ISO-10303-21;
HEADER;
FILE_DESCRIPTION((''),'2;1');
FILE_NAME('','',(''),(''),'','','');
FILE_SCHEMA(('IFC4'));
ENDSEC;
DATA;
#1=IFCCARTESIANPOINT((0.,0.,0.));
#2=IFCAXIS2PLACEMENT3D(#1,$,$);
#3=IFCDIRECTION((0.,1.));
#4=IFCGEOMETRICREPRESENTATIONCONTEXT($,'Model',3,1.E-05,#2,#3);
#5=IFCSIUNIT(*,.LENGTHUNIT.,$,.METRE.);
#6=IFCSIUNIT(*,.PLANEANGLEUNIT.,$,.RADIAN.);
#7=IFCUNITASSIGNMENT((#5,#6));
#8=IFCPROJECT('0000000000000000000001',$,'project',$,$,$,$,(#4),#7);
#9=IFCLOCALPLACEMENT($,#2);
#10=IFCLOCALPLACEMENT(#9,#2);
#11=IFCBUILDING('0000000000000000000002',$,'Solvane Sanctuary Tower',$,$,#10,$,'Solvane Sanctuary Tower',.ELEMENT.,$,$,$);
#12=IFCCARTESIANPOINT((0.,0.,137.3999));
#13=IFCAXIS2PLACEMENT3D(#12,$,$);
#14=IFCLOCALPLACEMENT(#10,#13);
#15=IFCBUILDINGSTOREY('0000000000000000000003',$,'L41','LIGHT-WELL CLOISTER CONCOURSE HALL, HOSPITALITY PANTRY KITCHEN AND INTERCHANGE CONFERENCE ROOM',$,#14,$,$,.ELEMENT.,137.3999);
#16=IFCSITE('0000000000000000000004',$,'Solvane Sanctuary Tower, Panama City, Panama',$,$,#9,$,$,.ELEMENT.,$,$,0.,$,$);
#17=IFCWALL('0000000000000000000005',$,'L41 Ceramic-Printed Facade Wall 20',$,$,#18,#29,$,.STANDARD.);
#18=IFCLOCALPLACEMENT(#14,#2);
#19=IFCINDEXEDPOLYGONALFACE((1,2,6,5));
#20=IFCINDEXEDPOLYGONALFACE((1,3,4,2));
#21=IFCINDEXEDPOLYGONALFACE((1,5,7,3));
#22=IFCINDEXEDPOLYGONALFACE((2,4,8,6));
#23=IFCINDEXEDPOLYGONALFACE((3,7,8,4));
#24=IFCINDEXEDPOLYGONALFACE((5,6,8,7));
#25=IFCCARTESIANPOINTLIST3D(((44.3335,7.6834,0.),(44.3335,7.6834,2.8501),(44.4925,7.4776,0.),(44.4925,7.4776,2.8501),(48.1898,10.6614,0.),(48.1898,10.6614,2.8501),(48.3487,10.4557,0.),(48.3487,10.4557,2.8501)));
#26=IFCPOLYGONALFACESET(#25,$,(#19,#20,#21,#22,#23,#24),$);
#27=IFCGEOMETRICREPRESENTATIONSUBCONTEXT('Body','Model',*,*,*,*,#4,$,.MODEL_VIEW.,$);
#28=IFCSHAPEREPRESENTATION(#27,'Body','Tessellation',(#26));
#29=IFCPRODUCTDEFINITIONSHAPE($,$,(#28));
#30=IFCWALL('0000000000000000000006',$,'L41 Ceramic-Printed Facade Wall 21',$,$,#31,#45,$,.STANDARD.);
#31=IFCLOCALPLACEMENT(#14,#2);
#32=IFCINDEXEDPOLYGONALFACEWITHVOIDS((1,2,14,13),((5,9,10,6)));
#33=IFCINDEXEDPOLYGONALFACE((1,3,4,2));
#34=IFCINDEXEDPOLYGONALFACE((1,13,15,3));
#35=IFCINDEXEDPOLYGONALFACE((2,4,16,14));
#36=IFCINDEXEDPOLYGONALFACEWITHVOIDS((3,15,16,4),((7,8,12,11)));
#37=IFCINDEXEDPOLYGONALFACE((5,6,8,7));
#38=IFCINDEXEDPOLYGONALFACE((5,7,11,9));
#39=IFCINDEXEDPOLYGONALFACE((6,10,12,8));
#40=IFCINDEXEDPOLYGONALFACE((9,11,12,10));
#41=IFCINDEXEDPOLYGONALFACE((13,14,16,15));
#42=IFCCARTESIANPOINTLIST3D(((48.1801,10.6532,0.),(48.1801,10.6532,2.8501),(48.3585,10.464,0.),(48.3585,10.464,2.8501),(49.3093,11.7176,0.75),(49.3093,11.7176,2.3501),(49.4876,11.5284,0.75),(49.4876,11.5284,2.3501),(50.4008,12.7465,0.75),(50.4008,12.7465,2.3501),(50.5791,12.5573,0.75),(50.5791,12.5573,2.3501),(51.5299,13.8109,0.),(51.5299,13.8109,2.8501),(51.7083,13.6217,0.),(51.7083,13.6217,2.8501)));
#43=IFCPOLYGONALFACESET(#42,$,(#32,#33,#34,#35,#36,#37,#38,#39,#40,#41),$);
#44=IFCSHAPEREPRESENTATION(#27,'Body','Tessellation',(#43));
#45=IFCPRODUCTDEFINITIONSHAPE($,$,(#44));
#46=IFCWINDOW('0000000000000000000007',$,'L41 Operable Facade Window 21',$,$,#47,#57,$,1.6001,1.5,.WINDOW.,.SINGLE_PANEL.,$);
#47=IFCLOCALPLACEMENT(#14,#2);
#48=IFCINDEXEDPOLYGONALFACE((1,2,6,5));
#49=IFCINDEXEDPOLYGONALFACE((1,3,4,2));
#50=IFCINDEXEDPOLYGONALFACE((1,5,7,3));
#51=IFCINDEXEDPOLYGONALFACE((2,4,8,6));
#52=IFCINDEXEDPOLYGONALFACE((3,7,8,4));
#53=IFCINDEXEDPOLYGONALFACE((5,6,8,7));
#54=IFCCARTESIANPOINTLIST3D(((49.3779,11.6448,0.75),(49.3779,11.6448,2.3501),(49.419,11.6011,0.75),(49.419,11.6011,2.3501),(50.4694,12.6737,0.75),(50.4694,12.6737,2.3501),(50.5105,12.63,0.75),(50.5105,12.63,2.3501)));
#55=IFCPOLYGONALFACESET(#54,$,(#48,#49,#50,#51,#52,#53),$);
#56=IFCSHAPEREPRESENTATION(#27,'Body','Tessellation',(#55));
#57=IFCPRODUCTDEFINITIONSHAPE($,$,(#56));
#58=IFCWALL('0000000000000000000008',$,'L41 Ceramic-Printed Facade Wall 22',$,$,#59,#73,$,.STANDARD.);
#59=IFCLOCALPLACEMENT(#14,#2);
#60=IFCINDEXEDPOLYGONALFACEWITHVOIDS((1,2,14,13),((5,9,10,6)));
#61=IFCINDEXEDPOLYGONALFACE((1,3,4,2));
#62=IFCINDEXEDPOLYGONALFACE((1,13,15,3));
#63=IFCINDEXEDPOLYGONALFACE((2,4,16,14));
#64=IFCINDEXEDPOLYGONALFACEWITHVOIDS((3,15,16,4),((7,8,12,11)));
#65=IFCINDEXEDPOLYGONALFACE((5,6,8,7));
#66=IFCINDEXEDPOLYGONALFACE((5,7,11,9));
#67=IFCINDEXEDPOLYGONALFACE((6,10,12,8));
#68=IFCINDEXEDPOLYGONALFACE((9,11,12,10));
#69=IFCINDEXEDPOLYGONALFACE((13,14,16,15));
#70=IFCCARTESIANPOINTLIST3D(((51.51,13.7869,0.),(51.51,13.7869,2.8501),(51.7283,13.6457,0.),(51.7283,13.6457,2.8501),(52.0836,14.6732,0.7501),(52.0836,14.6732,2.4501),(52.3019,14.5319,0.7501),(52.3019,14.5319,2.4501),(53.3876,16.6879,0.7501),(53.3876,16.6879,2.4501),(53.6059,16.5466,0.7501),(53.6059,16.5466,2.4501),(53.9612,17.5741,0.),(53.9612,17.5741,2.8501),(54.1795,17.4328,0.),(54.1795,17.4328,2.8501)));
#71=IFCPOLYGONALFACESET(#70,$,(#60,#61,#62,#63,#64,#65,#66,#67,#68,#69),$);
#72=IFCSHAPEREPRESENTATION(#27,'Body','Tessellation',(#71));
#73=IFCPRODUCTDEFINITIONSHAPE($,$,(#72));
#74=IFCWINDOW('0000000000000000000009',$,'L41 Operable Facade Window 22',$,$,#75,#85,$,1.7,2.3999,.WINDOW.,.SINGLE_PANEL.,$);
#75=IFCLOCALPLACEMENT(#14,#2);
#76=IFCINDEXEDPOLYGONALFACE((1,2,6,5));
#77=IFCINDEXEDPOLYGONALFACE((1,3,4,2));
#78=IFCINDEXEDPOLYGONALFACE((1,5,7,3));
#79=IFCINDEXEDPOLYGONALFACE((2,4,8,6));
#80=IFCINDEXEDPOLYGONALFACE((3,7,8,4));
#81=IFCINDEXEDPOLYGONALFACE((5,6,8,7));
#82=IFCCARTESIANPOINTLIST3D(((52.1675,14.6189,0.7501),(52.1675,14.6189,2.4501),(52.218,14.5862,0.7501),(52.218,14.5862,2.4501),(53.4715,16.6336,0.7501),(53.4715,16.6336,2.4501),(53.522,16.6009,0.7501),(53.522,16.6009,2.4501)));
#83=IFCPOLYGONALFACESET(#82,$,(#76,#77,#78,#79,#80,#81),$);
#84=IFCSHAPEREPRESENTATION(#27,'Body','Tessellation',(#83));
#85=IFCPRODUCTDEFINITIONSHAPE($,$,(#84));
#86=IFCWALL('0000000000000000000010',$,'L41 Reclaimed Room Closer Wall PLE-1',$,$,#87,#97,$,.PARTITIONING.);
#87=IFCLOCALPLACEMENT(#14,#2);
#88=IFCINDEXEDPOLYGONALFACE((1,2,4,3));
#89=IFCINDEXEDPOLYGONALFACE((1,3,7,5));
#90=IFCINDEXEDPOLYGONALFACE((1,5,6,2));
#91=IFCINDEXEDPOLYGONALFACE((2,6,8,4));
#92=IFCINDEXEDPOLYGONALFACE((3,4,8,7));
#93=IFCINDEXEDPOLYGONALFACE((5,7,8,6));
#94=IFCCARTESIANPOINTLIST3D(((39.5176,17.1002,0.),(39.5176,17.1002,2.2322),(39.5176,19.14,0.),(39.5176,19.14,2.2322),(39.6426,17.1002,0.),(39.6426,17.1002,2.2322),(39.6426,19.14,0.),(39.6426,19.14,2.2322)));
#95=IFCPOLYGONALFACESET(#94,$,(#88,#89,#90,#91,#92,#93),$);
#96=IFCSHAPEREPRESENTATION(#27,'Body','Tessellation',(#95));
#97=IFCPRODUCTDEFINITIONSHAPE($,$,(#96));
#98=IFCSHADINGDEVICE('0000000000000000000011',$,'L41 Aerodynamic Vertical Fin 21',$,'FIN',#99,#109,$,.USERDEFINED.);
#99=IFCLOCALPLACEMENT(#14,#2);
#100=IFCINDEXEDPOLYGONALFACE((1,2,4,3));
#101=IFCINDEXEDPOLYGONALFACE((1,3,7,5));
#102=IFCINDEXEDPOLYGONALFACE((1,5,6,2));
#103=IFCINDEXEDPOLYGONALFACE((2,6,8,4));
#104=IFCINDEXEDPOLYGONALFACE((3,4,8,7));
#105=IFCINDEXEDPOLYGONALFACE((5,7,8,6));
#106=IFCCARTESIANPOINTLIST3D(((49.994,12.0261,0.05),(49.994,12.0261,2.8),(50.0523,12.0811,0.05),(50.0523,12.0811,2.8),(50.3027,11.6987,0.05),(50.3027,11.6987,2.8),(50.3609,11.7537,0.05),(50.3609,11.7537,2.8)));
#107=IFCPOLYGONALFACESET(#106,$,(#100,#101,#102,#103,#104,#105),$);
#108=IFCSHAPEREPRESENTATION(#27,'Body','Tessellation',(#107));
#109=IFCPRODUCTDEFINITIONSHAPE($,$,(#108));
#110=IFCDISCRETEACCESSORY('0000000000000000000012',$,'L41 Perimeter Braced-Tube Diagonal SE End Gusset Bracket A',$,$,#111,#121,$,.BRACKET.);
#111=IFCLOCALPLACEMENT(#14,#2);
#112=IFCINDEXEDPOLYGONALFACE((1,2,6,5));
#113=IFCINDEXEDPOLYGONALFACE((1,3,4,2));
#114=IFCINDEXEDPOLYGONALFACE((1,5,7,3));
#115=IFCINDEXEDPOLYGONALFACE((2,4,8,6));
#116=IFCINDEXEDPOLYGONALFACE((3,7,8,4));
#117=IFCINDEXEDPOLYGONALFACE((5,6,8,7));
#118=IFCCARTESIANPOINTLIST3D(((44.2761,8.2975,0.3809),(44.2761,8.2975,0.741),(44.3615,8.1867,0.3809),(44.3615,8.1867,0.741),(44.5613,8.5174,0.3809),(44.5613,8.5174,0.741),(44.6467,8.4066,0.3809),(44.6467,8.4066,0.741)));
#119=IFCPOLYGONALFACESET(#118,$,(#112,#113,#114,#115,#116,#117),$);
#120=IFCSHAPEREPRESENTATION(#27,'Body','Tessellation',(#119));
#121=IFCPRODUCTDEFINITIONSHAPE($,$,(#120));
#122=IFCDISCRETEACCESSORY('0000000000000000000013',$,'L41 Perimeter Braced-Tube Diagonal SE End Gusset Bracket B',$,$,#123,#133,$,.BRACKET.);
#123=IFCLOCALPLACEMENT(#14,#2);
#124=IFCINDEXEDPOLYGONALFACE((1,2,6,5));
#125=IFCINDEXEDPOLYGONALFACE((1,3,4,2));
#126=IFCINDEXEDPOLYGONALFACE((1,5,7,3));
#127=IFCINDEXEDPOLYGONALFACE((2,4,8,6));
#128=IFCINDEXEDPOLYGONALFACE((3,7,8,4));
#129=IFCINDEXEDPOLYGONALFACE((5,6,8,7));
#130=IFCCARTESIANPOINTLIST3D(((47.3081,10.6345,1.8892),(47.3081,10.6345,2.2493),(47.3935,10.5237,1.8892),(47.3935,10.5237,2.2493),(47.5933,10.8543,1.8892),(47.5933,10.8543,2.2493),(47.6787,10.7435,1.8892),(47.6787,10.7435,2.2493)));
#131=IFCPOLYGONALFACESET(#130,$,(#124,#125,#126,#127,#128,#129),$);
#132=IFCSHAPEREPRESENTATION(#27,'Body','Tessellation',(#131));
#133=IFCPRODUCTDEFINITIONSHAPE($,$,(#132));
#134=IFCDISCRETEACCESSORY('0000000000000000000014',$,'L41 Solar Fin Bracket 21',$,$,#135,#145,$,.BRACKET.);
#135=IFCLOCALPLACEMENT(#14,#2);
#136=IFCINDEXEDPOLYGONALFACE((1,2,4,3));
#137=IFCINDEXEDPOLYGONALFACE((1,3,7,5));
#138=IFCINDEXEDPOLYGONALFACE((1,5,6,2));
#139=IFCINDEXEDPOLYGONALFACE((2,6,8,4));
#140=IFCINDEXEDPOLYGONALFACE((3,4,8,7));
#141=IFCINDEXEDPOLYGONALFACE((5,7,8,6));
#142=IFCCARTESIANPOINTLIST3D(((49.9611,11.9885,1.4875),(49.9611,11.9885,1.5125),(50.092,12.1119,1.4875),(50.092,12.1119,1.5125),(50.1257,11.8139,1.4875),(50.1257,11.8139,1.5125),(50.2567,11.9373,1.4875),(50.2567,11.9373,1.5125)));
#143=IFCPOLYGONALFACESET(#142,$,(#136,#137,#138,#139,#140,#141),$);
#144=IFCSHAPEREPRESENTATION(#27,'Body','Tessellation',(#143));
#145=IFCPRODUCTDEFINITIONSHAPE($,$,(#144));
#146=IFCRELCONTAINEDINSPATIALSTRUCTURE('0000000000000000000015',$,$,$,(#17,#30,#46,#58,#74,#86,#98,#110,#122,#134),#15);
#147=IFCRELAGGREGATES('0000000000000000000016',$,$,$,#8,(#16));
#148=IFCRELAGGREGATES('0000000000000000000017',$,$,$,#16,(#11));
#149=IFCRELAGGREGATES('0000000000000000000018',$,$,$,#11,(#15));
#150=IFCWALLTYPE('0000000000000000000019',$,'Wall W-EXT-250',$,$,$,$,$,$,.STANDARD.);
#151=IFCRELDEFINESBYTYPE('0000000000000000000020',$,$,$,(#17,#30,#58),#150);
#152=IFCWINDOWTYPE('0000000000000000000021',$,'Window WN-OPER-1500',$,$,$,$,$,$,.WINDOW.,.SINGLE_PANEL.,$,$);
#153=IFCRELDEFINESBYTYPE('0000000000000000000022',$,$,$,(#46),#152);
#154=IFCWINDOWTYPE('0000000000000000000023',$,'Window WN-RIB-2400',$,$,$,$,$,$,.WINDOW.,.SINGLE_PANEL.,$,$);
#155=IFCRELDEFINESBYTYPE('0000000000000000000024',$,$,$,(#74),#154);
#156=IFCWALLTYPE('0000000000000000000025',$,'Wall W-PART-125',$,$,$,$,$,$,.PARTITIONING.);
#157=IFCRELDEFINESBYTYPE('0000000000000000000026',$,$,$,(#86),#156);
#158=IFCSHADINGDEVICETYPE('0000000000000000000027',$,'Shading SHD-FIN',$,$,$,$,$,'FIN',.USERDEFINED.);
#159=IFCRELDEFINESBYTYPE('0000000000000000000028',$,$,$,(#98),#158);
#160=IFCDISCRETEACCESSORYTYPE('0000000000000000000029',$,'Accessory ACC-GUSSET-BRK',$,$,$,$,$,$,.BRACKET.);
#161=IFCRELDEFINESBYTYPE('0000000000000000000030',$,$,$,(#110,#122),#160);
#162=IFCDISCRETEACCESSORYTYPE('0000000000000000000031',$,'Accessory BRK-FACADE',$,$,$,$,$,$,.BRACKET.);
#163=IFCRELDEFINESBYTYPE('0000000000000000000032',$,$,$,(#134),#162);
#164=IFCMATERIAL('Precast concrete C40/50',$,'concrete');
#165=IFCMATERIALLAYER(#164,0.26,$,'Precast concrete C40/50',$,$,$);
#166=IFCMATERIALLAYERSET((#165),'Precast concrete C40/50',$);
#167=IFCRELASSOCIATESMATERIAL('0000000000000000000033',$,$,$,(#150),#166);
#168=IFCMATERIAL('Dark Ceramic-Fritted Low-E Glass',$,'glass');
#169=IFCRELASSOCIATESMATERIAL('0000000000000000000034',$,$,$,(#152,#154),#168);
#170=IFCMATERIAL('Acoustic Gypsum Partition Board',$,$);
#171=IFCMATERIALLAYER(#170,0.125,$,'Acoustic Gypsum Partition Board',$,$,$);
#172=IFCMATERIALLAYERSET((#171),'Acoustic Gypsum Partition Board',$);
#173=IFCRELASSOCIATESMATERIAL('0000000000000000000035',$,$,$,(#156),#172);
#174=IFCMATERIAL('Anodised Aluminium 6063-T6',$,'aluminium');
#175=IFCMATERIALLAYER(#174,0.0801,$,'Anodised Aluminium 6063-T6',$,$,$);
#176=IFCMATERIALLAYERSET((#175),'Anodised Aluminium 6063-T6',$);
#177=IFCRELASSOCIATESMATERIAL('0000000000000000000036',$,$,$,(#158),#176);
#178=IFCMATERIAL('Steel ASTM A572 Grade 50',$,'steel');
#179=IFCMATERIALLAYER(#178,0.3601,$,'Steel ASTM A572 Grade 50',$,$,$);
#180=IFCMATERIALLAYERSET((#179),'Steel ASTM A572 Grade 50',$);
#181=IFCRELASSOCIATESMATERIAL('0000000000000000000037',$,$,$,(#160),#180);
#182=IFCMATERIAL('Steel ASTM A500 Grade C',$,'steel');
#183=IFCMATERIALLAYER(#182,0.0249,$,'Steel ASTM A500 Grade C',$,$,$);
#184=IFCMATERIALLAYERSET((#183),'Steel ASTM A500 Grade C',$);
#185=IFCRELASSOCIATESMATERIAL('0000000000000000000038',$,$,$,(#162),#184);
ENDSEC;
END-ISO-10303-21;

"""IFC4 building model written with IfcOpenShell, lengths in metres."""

from ifc_helpers import new_model, si_unit, direction, frame, frame_2d, origin, origin_2d, place, context, subcontext, project, spatial, rectangle, extrude, material, layer, layer_set, type_object, element, fill, save


model = new_model("IFC4")

# Units and contexts
model_context = context("Model", 3, precision=1e-05, world=origin(), true_north=direction((0.0, 1.0)))
body_context = subcontext(model_context, "Body", "Model", "MODEL_VIEW")
ifc_project = project(units=[si_unit("LENGTHUNIT", "METRE"), si_unit("PLANEANGLEUNIT", "RADIAN")], contexts=[model_context])

# Site, building, storey
site_placement = place(None, origin())
site = spatial("IfcSite", under=ifc_project, at=site_placement, Name="Solvane Sanctuary Tower, Panama City, Panama", CompositionType="ELEMENT", RefElevation=0.0)
building_placement = place(site_placement, origin())
building = spatial("IfcBuilding", under=site, at=building_placement, Name="Solvane Sanctuary Tower", LongName="Solvane Sanctuary Tower", CompositionType="ELEMENT")
storey_placement = place(building_placement, frame((0.0, 0.0, 137.3999)))
storey = spatial("IfcBuildingStorey", under=building, at=storey_placement, Name="L41", Description="LIGHT-WELL CLOISTER CONCOURSE HALL, HOSPITALITY PANTRY KITCHEN AND INTERCHANGE CONFERENCE ROOM", CompositionType="ELEMENT", Elevation=137.3999)

# Shared definitions
ifc_material_1 = material(Name="Acoustic Gypsum Partition Board")

# Wall
ifc_material_2 = material(Name="Precast concrete C40/50", Category="concrete")
ifc_layer_1 = layer(ifc_material_2, 0.26, Name="Precast concrete C40/50")
ifc_layer_set_1 = layer_set([ifc_layer_1], Name="Precast concrete C40/50")
wall_type_1 = type_object("IfcWallType", Name="Wall W-EXT-250", PredefinedType="STANDARD", material=ifc_layer_set_1)
wall_1_placement = place(storey_placement, frame((44.4131, 7.5806, 0.0), z_axis=(0.0, 0.0, 1.0), x_axis=(0.79146, 0.611221, 0.0)))
element("IfcWall", 1, at=wall_1_placement, inside=storey, type_object=wall_type_1, Name="L41 Ceramic-Printed Facade Wall 20", PredefinedType="STANDARD", context=body_context, shape_type="SweptSolid", body=[
    extrude(rectangle(XDim=4.8723, YDim=0.26, at=frame_2d((2.436, 0.0))), origin(), (0.0, 0.0, 1.0), 2.8501),
])

# Walls, openings, windows
wall_2_placement = place(storey_placement, frame((48.2693, 10.5586, 0.0), z_axis=(0.0, 0.0, 1.0), x_axis=(0.727667, 0.68593, 0.0)))
wall_2 = element("IfcWall", 2, at=wall_2_placement, inside=storey, type_object=wall_type_1, Name="L41 Ceramic-Printed Facade Wall 21", PredefinedType="STANDARD", context=body_context, shape_type="SweptSolid", body=[
    extrude(rectangle(XDim=4.6035, YDim=0.26, at=frame_2d((2.3018, 0.0))), origin(), (0.0, 0.0, 1.0), 2.8501),
])
opening_1_placement = place(wall_2_placement, frame((1.5518, 0.0, 0.75)))
opening_1 = element("IfcOpeningElement", 3, at=opening_1_placement, cuts=wall_2, PredefinedType="OPENING", context=body_context, shape_type="SweptSolid", body=[
    extrude(rectangle(XDim=1.5, YDim=1.6001, at=frame_2d((0.75, 0.8))), frame((0.0, 0.1399, 0.0), z_axis=(0.0, -1.0, 0.0), x_axis=(1.0, 0.0, 0.0)), (0.0, 0.0, 1.0), 0.28),
])
ifc_material_3 = material(Name="Dark Ceramic-Fritted Low-E Glass", Category="glass")
window_type_1 = type_object("IfcWindowType", Name="Window WN-OPER-1500", PartitioningType="SINGLE_PANEL", PredefinedType="WINDOW", material=ifc_material_3)
window_1_placement = place(opening_1_placement, origin())
window_1 = element("IfcWindow", 4, at=window_1_placement, inside=storey, type_object=window_type_1, Name="L41 Operable Facade Window 21", OverallHeight=1.6001, OverallWidth=1.5, PartitioningType="SINGLE_PANEL", PredefinedType="WINDOW", context=body_context, shape_type="SweptSolid", body=[
    extrude(rectangle(XDim=1.5, YDim=1.6001, at=frame_2d((0.75, 0.8))), frame((0.0, 0.03, 0.0), z_axis=(0.0, -1.0, 0.0), x_axis=(1.0, 0.0, 0.0)), (0.0, 0.0, 1.0), 0.0601),
])
fill(opening_1, window_1)
wall_3_placement = place(storey_placement, frame((51.6191, 13.7163, 0.0), z_axis=(0.0, 0.0, 1.0), x_axis=(0.543359, 0.8395, 0.0)))
wall_3 = element("IfcWall", 5, at=wall_3_placement, inside=storey, type_object=wall_type_1, Name="L41 Ceramic-Printed Facade Wall 22", PredefinedType="STANDARD", context=body_context, shape_type="SweptSolid", body=[
    extrude(rectangle(XDim=4.5112, YDim=0.26, at=frame_2d((2.2556, 0.0))), origin(), (0.0, 0.0, 1.0), 2.8501),
])
opening_2_placement = place(wall_3_placement, frame((1.0557, 0.0, 0.75)))
opening_2 = element("IfcOpeningElement", 6, at=opening_2_placement, cuts=wall_3, PredefinedType="OPENING", context=body_context, shape_type="SweptSolid", body=[
    extrude(rectangle(XDim=2.3999, YDim=1.7, at=frame_2d((1.2, 0.8501))), frame((0.0, 0.1399, 0.0), z_axis=(0.0, -1.0, 0.0), x_axis=(1.0, 0.0, 0.0)), (0.0, 0.0, 1.0), 0.28),
])
window_type_2 = type_object("IfcWindowType", Name="Window WN-RIB-2400", PartitioningType="SINGLE_PANEL", PredefinedType="WINDOW", material=ifc_material_3)
window_2_placement = place(opening_2_placement, origin())
window_2 = element("IfcWindow", 7, at=window_2_placement, inside=storey, type_object=window_type_2, Name="L41 Operable Facade Window 22", OverallHeight=1.7, OverallWidth=2.3999, PartitioningType="SINGLE_PANEL", PredefinedType="WINDOW", context=body_context, shape_type="SweptSolid", body=[
    extrude(rectangle(XDim=2.3999, YDim=1.7, at=frame_2d((1.2, 0.8501))), frame((0.0, 0.03, 0.0), z_axis=(0.0, -1.0, 0.0), x_axis=(1.0, 0.0, 0.0)), (0.0, 0.0, 1.0), 0.0601),
])
fill(opening_2, window_2)

# Wall
ifc_layer_2 = layer(ifc_material_1, 0.125, Name="Acoustic Gypsum Partition Board")
ifc_layer_set_2 = layer_set([ifc_layer_2], Name="Acoustic Gypsum Partition Board")
wall_type_2 = type_object("IfcWallType", Name="Wall W-PART-125", PredefinedType="PARTITIONING", material=ifc_layer_set_2)
wall_4_placement = place(storey_placement, frame((39.5801, 17.1001, 0.0), z_axis=(0.0, 0.0, 1.0), x_axis=(0.0, 1.0, 0.0)))
element("IfcWall", 8, at=wall_4_placement, inside=storey, type_object=wall_type_2, Name="L41 Reclaimed Room Closer Wall PLE-1", PredefinedType="PARTITIONING", context=body_context, shape_type="SweptSolid", body=[
    extrude(rectangle(XDim=2.0398, YDim=0.125, at=frame_2d((1.02, 0.0))), origin(), (0.0, 0.0, 1.0), 2.2322),
])

# Shading device
ifc_material_4 = material(Name="Anodised Aluminium 6063-T6", Category="aluminium")
ifc_layer_3 = layer(ifc_material_4, 0.0801, Name="Anodised Aluminium 6063-T6")
ifc_layer_set_3 = layer_set([ifc_layer_3], Name="Anodised Aluminium 6063-T6")
shading_device_type = type_object("IfcShadingDeviceType", Name="Shading SHD-FIN", ElementType="FIN", PredefinedType="USERDEFINED", material=ifc_layer_set_3)
shading_device_placement = place(storey_placement, frame((50.1775, 11.8899, 0.05), z_axis=(0.0, 0.0, 1.0), x_axis=(0.727664, 0.685934, 0.0)))
element("IfcShadingDevice", 9, at=shading_device_placement, inside=storey, type_object=shading_device_type, Name="L41 Aerodynamic Vertical Fin 21", ObjectType="FIN", PredefinedType="USERDEFINED", context=body_context, shape_type="SweptSolid", body=[
    extrude(rectangle(XDim=0.0801, YDim=0.45, at=origin_2d()), origin(), (0.0, 0.0, 1.0), 2.75),
])

# Discrete accessories
ifc_material_5 = material(Name="Steel ASTM A572 Grade 50", Category="steel")
ifc_layer_4 = layer(ifc_material_5, 0.3601, Name="Steel ASTM A572 Grade 50")
ifc_layer_set_4 = layer_set([ifc_layer_4], Name="Steel ASTM A572 Grade 50")
discrete_accessory_type_1 = type_object("IfcDiscreteAccessoryType", Name="Accessory ACC-GUSSET-BRK", PredefinedType="BRACKET", material=ifc_layer_set_4)
for number, where, z_axis, x_axis, name in (
    (10, (44.4614, 8.3521, 0.3809), (0.0, 0.0, 1.0), (0.792077, 0.610422, 0.0), "L41 Perimeter Braced-Tube Diagonal SE End Gusset Bracket A"),
    (11, (47.4934, 10.689, 1.8892), (0.0, 0.0, 1.0), (0.792077, 0.610422, 0.0), "L41 Perimeter Braced-Tube Diagonal SE End Gusset Bracket B"),
):
    element("IfcDiscreteAccessory", number, at=place(storey_placement, frame(where, z_axis=z_axis, x_axis=x_axis)), inside=storey, type_object=discrete_accessory_type_1, Name=name, PredefinedType="BRACKET", context=body_context, shape_type="SweptSolid", body=[
        extrude(rectangle(XDim=0.3601, YDim=0.1399, at=origin_2d()), origin(), (0.0, 0.0, 1.0), 0.3601),
    ])
ifc_material_6 = material(Name="Steel ASTM A500 Grade C", Category="steel")
ifc_layer_5 = layer(ifc_material_6, 0.0249, Name="Steel ASTM A500 Grade C")
ifc_layer_set_5 = layer_set([ifc_layer_5], Name="Steel ASTM A500 Grade C")
discrete_accessory_type_2 = type_object("IfcDiscreteAccessoryType", Name="Accessory BRK-FACADE", PredefinedType="BRACKET", material=ifc_layer_set_5)
discrete_accessory_placement = place(storey_placement, frame((50.1089, 11.9629, 1.4875), z_axis=(0.0, 0.0, 1.0), x_axis=(0.727664, 0.685934, 0.0)))
element("IfcDiscreteAccessory", 12, at=discrete_accessory_placement, inside=storey, type_object=discrete_accessory_type_2, Name="L41 Solar Fin Bracket 21", PredefinedType="BRACKET", context=body_context, shape_type="SweptSolid", body=[
    extrude(rectangle(XDim=0.1799, YDim=0.24, at=origin_2d()), origin(), (0.0, 0.0, 1.0), 0.0249),
])

save(model, "model.ifc")
